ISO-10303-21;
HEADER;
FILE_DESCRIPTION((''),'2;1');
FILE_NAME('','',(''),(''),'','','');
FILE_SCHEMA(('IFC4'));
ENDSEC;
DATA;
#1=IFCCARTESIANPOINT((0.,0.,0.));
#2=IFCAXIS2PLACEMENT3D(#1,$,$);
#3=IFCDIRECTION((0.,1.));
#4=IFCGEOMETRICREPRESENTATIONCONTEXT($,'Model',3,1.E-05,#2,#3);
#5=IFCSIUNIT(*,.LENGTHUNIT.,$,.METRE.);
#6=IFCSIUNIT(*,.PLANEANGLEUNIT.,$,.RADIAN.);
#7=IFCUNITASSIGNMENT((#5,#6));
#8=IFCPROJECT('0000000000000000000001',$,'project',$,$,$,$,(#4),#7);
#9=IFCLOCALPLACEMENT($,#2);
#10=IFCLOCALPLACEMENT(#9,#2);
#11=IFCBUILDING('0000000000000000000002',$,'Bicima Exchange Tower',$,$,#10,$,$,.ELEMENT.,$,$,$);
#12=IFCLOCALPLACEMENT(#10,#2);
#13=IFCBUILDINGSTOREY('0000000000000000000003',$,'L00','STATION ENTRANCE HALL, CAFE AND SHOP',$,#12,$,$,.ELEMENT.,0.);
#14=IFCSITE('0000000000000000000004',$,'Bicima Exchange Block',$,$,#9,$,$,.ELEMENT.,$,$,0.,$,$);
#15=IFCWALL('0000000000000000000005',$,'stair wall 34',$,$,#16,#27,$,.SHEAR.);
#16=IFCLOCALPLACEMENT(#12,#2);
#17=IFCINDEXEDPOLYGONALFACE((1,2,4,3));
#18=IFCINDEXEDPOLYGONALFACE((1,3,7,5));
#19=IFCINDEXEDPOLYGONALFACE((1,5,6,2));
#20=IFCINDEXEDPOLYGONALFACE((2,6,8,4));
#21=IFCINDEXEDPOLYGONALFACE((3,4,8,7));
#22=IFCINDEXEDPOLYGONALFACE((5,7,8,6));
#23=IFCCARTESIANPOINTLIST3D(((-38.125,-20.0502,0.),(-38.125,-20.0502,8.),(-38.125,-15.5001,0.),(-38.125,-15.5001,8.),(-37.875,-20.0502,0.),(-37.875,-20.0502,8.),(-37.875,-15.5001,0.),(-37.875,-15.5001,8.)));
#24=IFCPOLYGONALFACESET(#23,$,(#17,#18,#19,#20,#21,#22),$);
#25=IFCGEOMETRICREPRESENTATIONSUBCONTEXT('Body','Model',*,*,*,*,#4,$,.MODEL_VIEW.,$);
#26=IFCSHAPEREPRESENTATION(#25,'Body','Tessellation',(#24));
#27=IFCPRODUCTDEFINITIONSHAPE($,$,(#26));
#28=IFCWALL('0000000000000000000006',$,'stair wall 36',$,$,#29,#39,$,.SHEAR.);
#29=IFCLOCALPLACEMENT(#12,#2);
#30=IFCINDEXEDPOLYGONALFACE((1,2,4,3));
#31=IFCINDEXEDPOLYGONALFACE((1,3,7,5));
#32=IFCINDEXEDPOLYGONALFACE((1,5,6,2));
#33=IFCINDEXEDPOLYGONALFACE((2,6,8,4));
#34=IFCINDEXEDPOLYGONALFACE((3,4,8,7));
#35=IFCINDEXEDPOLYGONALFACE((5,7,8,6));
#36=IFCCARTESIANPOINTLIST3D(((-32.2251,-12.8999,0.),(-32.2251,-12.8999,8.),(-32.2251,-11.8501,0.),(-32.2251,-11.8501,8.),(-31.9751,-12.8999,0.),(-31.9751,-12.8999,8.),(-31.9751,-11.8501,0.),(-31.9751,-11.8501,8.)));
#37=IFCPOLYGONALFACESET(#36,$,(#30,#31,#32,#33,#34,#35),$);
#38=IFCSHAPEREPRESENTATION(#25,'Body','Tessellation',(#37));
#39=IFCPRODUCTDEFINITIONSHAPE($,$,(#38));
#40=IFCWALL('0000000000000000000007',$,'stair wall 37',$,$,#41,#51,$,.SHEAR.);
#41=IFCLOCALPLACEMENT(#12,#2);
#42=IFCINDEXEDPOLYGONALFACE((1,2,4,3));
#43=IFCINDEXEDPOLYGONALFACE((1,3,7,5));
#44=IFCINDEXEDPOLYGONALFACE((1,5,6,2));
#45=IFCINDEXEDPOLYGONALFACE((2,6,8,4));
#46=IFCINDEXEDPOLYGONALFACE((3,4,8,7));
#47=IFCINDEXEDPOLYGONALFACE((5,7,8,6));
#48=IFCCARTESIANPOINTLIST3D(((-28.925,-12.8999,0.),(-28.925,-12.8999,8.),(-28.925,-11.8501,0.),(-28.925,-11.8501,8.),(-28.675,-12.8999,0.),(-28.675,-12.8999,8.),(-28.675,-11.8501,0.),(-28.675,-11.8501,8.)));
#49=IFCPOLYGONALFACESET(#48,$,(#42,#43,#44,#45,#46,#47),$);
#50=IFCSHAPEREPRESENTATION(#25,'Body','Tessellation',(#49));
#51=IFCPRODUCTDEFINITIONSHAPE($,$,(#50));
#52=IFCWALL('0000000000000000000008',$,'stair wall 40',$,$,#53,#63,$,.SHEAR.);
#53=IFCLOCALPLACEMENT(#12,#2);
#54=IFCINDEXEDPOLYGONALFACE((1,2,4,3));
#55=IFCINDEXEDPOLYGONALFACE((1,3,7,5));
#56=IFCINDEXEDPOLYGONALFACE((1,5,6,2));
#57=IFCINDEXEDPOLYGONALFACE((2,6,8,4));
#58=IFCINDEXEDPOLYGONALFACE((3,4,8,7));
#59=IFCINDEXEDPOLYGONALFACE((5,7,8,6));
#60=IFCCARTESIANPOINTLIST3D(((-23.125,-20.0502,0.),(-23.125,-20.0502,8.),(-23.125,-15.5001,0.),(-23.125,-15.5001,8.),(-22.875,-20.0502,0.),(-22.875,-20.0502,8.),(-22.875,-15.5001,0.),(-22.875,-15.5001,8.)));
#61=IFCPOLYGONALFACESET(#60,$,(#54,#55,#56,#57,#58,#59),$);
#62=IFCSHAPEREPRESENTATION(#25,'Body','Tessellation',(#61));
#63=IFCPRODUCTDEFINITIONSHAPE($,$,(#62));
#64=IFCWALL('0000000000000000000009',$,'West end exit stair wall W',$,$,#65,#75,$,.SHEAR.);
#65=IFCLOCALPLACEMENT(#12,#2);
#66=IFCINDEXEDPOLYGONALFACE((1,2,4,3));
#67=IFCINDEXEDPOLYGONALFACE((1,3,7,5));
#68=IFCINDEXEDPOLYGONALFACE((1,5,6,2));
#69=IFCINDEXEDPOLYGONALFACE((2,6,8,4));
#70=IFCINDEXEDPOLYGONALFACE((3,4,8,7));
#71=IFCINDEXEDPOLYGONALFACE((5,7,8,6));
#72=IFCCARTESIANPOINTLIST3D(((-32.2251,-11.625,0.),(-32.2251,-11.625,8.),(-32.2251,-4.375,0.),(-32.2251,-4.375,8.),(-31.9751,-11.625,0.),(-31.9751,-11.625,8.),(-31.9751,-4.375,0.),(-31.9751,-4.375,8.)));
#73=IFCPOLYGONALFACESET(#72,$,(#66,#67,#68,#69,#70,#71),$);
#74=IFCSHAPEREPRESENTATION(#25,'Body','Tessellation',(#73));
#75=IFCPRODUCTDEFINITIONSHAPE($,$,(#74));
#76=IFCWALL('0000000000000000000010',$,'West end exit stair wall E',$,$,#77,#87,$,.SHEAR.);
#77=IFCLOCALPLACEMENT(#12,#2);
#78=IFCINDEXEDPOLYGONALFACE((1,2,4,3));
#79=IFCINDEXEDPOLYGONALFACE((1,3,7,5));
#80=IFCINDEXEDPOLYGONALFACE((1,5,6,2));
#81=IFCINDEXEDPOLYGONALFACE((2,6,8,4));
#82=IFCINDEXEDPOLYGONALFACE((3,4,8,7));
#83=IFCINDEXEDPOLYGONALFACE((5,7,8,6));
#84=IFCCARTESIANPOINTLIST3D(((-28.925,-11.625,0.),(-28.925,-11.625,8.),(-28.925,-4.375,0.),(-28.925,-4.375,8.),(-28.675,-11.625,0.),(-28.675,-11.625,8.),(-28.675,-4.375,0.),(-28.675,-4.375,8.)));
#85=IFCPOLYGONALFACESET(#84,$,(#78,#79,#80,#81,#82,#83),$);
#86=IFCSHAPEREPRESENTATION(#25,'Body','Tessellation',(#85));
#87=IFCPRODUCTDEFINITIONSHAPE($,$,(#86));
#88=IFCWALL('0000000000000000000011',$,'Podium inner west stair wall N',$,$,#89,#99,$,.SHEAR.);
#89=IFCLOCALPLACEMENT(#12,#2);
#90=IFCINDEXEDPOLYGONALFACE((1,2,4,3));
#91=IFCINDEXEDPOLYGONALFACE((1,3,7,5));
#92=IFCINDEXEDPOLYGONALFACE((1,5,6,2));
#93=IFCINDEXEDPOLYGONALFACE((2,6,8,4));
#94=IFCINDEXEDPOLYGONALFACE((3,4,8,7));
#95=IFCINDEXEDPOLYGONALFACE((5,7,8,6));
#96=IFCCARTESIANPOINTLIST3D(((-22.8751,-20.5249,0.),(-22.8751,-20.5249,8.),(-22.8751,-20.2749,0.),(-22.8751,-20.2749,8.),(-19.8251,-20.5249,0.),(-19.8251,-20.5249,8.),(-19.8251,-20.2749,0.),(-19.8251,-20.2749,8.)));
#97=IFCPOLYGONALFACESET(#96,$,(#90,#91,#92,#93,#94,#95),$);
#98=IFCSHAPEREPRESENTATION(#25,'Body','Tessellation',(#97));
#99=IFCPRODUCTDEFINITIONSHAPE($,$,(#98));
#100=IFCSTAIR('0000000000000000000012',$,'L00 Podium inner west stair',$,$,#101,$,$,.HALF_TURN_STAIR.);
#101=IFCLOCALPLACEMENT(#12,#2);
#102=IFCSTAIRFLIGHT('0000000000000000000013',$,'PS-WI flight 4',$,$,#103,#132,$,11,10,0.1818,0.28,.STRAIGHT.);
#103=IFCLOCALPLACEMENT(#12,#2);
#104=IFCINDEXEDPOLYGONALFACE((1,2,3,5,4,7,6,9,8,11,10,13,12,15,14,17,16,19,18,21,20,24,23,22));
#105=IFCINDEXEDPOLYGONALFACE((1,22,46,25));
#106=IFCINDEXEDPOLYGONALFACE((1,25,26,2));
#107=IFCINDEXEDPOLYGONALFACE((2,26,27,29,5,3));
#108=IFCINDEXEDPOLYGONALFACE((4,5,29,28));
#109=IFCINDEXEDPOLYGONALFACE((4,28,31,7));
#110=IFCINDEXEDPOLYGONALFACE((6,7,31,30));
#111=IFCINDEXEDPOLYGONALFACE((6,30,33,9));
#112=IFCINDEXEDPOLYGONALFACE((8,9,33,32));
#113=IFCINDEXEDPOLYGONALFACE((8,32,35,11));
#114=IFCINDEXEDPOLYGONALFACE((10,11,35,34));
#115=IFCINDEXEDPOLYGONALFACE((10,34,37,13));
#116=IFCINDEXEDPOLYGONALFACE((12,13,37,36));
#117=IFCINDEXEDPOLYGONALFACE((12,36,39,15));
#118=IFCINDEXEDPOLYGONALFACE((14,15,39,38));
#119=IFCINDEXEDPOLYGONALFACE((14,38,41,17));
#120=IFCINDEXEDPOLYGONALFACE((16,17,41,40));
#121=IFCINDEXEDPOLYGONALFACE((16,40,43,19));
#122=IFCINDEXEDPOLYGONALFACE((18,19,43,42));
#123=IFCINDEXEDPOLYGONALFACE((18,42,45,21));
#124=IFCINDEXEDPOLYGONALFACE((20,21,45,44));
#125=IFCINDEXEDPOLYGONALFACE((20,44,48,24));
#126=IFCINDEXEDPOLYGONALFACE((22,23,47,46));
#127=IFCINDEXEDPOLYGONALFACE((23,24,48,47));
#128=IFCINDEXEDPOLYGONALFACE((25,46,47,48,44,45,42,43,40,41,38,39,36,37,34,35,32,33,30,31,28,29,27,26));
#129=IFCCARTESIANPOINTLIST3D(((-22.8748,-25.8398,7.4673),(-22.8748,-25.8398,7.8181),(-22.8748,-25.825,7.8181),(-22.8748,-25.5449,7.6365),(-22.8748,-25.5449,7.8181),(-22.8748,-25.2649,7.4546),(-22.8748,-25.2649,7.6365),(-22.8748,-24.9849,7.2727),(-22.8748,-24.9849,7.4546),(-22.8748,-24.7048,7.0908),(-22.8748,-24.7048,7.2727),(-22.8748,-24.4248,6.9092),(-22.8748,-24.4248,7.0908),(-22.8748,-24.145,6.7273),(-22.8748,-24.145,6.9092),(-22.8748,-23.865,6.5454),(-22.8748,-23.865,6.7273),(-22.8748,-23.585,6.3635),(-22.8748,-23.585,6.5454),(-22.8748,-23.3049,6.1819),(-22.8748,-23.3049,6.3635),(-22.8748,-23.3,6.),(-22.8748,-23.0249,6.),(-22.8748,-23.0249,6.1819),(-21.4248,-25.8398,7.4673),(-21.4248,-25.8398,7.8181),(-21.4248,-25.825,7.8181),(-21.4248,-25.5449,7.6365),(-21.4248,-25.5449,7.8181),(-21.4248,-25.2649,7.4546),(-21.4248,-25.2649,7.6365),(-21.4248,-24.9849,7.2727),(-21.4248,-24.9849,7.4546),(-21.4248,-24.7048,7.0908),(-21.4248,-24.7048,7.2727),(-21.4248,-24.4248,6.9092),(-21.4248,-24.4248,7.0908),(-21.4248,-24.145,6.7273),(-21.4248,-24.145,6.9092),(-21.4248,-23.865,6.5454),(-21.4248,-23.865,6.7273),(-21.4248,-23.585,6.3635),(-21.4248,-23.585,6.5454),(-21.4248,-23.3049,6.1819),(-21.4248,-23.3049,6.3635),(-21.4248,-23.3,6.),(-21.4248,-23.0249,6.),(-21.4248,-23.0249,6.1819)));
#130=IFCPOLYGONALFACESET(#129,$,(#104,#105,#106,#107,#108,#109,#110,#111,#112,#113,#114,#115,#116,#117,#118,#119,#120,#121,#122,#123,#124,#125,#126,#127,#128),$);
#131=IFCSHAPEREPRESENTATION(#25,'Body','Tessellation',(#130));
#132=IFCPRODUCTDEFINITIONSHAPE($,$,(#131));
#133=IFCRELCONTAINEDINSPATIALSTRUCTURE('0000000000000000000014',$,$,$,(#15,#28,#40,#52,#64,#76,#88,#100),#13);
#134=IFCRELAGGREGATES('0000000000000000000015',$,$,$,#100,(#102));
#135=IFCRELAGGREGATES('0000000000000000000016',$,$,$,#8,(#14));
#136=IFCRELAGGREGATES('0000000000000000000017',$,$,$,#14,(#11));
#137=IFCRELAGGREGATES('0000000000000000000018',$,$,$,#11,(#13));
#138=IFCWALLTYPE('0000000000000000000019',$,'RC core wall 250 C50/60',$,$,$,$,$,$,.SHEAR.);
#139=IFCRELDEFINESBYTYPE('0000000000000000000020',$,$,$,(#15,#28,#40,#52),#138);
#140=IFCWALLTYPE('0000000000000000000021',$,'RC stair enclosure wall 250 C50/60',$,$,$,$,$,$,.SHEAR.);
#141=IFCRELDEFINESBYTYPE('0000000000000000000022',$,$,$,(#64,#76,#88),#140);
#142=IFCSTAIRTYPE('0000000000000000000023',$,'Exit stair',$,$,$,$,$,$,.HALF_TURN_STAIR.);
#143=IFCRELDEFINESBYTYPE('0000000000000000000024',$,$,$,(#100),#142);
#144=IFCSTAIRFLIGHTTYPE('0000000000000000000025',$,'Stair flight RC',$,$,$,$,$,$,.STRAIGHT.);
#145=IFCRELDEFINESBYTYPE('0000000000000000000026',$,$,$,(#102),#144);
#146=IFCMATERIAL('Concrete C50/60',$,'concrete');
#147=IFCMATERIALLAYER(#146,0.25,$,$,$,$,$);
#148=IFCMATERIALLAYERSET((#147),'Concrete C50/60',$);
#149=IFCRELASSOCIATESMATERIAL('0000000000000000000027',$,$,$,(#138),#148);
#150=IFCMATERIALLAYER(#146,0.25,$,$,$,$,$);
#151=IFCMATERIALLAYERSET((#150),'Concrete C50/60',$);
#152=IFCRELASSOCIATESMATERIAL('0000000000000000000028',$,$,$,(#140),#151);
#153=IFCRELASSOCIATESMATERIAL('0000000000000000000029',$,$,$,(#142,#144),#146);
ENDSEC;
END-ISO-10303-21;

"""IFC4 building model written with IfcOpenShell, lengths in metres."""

from ifc_helpers import new_model, si_unit, direction, frame, frame_2d, origin, place, context, subcontext, project, spatial, polyline, rectangle, outline, extrude, material, layer, layer_set, type_object, element, aggregate, save


model = new_model("IFC4")

# Units and contexts
model_context = context("Model", 3, precision=1e-05, world=origin(), true_north=direction((0.0, 1.0)))
body_context = subcontext(model_context, "Body", "Model", "MODEL_VIEW")
ifc_project = project(units=[si_unit("LENGTHUNIT", "METRE"), si_unit("PLANEANGLEUNIT", "RADIAN")], contexts=[model_context])

# Site, building, storey
site_placement = place(None, origin())
site = spatial("IfcSite", under=ifc_project, at=site_placement, Name="Bicima Exchange Block", CompositionType="ELEMENT", RefElevation=0.0)
building_placement = place(site_placement, origin())
building = spatial("IfcBuilding", under=site, at=building_placement, Name="Bicima Exchange Tower", CompositionType="ELEMENT")
storey_placement = place(building_placement, origin())
storey = spatial("IfcBuildingStorey", under=building, at=storey_placement, Name="L00", Description="STATION ENTRANCE HALL, CAFE AND SHOP", CompositionType="ELEMENT", Elevation=0.0)

# Walls
ifc_material_1 = material(Name="Concrete C50/60", Category="concrete")
ifc_layer_1 = layer(ifc_material_1, 0.25)
ifc_layer_set_1 = layer_set([ifc_layer_1], Name="Concrete C50/60")
wall_type_1 = type_object("IfcWallType", Name="RC core wall 250 C50/60", PredefinedType="SHEAR", material=ifc_layer_set_1)
wall_1_placement = place(storey_placement, frame((-38.0, -20.05, 0.0), z_axis=(0.0, 0.0, 1.0), x_axis=(0.0, 1.0, 0.0)))
element("IfcWall", 1, at=wall_1_placement, inside=storey, type_object=wall_type_1, Name="stair wall 34", PredefinedType="SHEAR", context=body_context, shape_type="SweptSolid", body=[
    extrude(rectangle(XDim=4.55, YDim=0.25, at=frame_2d((2.2749, 0.0))), origin(), (0.0, 0.0, 1.0), 8.0),
])
for number, where, z_axis, x_axis, name in (
    (2, (-32.1001, -12.8999, 0.0), (0.0, 0.0, 1.0), (0.0, 1.0, 0.0), "stair wall 36"),
    (3, (-28.8, -12.8999, 0.0), (0.0, 0.0, 1.0), (0.0, 1.0, 0.0), "stair wall 37"),
):
    element("IfcWall", number, at=place(storey_placement, frame(where, z_axis=z_axis, x_axis=x_axis)), inside=storey, type_object=wall_type_1, Name=name, PredefinedType="SHEAR", context=body_context, shape_type="SweptSolid", body=[
        extrude(rectangle(XDim=1.0498, YDim=0.25, at=frame_2d((0.5249, 0.0))), origin(), (0.0, 0.0, 1.0), 8.0),
    ])
wall_2_placement = place(storey_placement, frame((-23.0, -20.05, 0.0), z_axis=(0.0, 0.0, 1.0), x_axis=(0.0, 1.0, 0.0)))
element("IfcWall", 4, at=wall_2_placement, inside=storey, type_object=wall_type_1, Name="stair wall 40", PredefinedType="SHEAR", context=body_context, shape_type="SweptSolid", body=[
    extrude(rectangle(XDim=4.55, YDim=0.25, at=frame_2d((2.2749, 0.0))), origin(), (0.0, 0.0, 1.0), 8.0),
])
ifc_layer_2 = layer(ifc_material_1, 0.25)
ifc_layer_set_2 = layer_set([ifc_layer_2], Name="Concrete C50/60")
wall_type_2 = type_object("IfcWallType", Name="RC stair enclosure wall 250 C50/60", PredefinedType="SHEAR", material=ifc_layer_set_2)
for number, where, z_axis, x_axis, name in (
    (5, (-32.1001, -11.625, 0.0), (0.0, 0.0, 1.0), (0.0, 1.0, 0.0), "West end exit stair wall W"),
    (6, (-28.8, -11.625, 0.0), (0.0, 0.0, 1.0), (0.0, 1.0, 0.0), "West end exit stair wall E"),
):
    element("IfcWall", number, at=place(storey_placement, frame(where, z_axis=z_axis, x_axis=x_axis)), inside=storey, type_object=wall_type_2, Name=name, PredefinedType="SHEAR", context=body_context, shape_type="SweptSolid", body=[
        extrude(rectangle(XDim=7.25, YDim=0.25, at=frame_2d((3.625, 0.0))), origin(), (0.0, 0.0, 1.0), 8.0),
    ])
wall_3_placement = place(storey_placement, frame((-22.875, -20.3999, 0.0), z_axis=(0.0, 0.0, 1.0), x_axis=(1.0, 0.0, 0.0)))
element("IfcWall", 7, at=wall_3_placement, inside=storey, type_object=wall_type_2, Name="Podium inner west stair wall N", PredefinedType="SHEAR", context=body_context, shape_type="SweptSolid", body=[
    extrude(rectangle(XDim=3.05, YDim=0.25, at=frame_2d((1.5249, 0.0))), origin(), (0.0, 0.0, 1.0), 8.0),
])

# Stair, stair flight
stair_type = type_object("IfcStairType", Name="Exit stair", PredefinedType="HALF_TURN_STAIR", material=ifc_material_1)
stair_placement = place(storey_placement, origin())
stair = element("IfcStair", 8, at=stair_placement, inside=storey, type_object=stair_type, Name="L00 Podium inner west stair", PredefinedType="HALF_TURN_STAIR")
stair_flight_type = type_object("IfcStairFlightType", Name="Stair flight RC", PredefinedType="STRAIGHT", material=ifc_material_1)
stair_flight_placement = place(storey_placement, frame((-22.1499, -23.0249, 6.0), z_axis=(0.0, 0.0, 1.0), x_axis=(0.0, -1.0, 0.0)))
stair_flight = element("IfcStairFlight", 9, at=stair_flight_placement, type_object=stair_flight_type, Name="PS-WI flight 4", NumberOfRisers=11, NumberOfTreads=10, PredefinedType="STRAIGHT", RiserHeight=0.1818, TreadLength=0.28, context=body_context, shape_type="SweptSolid", body=[
    extrude(outline(polyline([(0.0, 0.0), (0.0, 0.1819), (0.28, 0.1819), (0.28, 0.3635), (0.5601, 0.3635), (0.5601, 0.5454), (0.8401, 0.5454), (0.8401, 0.7273), (1.1201, 0.7273), (1.1201, 0.9092), (1.3999, 0.9092), (1.3999, 1.0908), (1.6799, 1.0908), (1.6799, 1.2727), (1.96, 1.2727), (1.96, 1.4546), (2.24, 1.4546), (2.24, 1.6365), (2.52, 1.6365), (2.52, 1.8181), (2.8, 1.8181), (2.8149, 1.8181), (2.8149, 1.4673), (0.2751, 0.0), (0.0, 0.0)])), frame((0.0, 0.7251, 0.0), z_axis=(0.0, -1.0, 0.0), x_axis=(1.0, 0.0, 0.0)), (0.0, 0.0, 1.0), 1.45),
])
aggregate(stair, [stair_flight])

save(model, "model.ifc")
